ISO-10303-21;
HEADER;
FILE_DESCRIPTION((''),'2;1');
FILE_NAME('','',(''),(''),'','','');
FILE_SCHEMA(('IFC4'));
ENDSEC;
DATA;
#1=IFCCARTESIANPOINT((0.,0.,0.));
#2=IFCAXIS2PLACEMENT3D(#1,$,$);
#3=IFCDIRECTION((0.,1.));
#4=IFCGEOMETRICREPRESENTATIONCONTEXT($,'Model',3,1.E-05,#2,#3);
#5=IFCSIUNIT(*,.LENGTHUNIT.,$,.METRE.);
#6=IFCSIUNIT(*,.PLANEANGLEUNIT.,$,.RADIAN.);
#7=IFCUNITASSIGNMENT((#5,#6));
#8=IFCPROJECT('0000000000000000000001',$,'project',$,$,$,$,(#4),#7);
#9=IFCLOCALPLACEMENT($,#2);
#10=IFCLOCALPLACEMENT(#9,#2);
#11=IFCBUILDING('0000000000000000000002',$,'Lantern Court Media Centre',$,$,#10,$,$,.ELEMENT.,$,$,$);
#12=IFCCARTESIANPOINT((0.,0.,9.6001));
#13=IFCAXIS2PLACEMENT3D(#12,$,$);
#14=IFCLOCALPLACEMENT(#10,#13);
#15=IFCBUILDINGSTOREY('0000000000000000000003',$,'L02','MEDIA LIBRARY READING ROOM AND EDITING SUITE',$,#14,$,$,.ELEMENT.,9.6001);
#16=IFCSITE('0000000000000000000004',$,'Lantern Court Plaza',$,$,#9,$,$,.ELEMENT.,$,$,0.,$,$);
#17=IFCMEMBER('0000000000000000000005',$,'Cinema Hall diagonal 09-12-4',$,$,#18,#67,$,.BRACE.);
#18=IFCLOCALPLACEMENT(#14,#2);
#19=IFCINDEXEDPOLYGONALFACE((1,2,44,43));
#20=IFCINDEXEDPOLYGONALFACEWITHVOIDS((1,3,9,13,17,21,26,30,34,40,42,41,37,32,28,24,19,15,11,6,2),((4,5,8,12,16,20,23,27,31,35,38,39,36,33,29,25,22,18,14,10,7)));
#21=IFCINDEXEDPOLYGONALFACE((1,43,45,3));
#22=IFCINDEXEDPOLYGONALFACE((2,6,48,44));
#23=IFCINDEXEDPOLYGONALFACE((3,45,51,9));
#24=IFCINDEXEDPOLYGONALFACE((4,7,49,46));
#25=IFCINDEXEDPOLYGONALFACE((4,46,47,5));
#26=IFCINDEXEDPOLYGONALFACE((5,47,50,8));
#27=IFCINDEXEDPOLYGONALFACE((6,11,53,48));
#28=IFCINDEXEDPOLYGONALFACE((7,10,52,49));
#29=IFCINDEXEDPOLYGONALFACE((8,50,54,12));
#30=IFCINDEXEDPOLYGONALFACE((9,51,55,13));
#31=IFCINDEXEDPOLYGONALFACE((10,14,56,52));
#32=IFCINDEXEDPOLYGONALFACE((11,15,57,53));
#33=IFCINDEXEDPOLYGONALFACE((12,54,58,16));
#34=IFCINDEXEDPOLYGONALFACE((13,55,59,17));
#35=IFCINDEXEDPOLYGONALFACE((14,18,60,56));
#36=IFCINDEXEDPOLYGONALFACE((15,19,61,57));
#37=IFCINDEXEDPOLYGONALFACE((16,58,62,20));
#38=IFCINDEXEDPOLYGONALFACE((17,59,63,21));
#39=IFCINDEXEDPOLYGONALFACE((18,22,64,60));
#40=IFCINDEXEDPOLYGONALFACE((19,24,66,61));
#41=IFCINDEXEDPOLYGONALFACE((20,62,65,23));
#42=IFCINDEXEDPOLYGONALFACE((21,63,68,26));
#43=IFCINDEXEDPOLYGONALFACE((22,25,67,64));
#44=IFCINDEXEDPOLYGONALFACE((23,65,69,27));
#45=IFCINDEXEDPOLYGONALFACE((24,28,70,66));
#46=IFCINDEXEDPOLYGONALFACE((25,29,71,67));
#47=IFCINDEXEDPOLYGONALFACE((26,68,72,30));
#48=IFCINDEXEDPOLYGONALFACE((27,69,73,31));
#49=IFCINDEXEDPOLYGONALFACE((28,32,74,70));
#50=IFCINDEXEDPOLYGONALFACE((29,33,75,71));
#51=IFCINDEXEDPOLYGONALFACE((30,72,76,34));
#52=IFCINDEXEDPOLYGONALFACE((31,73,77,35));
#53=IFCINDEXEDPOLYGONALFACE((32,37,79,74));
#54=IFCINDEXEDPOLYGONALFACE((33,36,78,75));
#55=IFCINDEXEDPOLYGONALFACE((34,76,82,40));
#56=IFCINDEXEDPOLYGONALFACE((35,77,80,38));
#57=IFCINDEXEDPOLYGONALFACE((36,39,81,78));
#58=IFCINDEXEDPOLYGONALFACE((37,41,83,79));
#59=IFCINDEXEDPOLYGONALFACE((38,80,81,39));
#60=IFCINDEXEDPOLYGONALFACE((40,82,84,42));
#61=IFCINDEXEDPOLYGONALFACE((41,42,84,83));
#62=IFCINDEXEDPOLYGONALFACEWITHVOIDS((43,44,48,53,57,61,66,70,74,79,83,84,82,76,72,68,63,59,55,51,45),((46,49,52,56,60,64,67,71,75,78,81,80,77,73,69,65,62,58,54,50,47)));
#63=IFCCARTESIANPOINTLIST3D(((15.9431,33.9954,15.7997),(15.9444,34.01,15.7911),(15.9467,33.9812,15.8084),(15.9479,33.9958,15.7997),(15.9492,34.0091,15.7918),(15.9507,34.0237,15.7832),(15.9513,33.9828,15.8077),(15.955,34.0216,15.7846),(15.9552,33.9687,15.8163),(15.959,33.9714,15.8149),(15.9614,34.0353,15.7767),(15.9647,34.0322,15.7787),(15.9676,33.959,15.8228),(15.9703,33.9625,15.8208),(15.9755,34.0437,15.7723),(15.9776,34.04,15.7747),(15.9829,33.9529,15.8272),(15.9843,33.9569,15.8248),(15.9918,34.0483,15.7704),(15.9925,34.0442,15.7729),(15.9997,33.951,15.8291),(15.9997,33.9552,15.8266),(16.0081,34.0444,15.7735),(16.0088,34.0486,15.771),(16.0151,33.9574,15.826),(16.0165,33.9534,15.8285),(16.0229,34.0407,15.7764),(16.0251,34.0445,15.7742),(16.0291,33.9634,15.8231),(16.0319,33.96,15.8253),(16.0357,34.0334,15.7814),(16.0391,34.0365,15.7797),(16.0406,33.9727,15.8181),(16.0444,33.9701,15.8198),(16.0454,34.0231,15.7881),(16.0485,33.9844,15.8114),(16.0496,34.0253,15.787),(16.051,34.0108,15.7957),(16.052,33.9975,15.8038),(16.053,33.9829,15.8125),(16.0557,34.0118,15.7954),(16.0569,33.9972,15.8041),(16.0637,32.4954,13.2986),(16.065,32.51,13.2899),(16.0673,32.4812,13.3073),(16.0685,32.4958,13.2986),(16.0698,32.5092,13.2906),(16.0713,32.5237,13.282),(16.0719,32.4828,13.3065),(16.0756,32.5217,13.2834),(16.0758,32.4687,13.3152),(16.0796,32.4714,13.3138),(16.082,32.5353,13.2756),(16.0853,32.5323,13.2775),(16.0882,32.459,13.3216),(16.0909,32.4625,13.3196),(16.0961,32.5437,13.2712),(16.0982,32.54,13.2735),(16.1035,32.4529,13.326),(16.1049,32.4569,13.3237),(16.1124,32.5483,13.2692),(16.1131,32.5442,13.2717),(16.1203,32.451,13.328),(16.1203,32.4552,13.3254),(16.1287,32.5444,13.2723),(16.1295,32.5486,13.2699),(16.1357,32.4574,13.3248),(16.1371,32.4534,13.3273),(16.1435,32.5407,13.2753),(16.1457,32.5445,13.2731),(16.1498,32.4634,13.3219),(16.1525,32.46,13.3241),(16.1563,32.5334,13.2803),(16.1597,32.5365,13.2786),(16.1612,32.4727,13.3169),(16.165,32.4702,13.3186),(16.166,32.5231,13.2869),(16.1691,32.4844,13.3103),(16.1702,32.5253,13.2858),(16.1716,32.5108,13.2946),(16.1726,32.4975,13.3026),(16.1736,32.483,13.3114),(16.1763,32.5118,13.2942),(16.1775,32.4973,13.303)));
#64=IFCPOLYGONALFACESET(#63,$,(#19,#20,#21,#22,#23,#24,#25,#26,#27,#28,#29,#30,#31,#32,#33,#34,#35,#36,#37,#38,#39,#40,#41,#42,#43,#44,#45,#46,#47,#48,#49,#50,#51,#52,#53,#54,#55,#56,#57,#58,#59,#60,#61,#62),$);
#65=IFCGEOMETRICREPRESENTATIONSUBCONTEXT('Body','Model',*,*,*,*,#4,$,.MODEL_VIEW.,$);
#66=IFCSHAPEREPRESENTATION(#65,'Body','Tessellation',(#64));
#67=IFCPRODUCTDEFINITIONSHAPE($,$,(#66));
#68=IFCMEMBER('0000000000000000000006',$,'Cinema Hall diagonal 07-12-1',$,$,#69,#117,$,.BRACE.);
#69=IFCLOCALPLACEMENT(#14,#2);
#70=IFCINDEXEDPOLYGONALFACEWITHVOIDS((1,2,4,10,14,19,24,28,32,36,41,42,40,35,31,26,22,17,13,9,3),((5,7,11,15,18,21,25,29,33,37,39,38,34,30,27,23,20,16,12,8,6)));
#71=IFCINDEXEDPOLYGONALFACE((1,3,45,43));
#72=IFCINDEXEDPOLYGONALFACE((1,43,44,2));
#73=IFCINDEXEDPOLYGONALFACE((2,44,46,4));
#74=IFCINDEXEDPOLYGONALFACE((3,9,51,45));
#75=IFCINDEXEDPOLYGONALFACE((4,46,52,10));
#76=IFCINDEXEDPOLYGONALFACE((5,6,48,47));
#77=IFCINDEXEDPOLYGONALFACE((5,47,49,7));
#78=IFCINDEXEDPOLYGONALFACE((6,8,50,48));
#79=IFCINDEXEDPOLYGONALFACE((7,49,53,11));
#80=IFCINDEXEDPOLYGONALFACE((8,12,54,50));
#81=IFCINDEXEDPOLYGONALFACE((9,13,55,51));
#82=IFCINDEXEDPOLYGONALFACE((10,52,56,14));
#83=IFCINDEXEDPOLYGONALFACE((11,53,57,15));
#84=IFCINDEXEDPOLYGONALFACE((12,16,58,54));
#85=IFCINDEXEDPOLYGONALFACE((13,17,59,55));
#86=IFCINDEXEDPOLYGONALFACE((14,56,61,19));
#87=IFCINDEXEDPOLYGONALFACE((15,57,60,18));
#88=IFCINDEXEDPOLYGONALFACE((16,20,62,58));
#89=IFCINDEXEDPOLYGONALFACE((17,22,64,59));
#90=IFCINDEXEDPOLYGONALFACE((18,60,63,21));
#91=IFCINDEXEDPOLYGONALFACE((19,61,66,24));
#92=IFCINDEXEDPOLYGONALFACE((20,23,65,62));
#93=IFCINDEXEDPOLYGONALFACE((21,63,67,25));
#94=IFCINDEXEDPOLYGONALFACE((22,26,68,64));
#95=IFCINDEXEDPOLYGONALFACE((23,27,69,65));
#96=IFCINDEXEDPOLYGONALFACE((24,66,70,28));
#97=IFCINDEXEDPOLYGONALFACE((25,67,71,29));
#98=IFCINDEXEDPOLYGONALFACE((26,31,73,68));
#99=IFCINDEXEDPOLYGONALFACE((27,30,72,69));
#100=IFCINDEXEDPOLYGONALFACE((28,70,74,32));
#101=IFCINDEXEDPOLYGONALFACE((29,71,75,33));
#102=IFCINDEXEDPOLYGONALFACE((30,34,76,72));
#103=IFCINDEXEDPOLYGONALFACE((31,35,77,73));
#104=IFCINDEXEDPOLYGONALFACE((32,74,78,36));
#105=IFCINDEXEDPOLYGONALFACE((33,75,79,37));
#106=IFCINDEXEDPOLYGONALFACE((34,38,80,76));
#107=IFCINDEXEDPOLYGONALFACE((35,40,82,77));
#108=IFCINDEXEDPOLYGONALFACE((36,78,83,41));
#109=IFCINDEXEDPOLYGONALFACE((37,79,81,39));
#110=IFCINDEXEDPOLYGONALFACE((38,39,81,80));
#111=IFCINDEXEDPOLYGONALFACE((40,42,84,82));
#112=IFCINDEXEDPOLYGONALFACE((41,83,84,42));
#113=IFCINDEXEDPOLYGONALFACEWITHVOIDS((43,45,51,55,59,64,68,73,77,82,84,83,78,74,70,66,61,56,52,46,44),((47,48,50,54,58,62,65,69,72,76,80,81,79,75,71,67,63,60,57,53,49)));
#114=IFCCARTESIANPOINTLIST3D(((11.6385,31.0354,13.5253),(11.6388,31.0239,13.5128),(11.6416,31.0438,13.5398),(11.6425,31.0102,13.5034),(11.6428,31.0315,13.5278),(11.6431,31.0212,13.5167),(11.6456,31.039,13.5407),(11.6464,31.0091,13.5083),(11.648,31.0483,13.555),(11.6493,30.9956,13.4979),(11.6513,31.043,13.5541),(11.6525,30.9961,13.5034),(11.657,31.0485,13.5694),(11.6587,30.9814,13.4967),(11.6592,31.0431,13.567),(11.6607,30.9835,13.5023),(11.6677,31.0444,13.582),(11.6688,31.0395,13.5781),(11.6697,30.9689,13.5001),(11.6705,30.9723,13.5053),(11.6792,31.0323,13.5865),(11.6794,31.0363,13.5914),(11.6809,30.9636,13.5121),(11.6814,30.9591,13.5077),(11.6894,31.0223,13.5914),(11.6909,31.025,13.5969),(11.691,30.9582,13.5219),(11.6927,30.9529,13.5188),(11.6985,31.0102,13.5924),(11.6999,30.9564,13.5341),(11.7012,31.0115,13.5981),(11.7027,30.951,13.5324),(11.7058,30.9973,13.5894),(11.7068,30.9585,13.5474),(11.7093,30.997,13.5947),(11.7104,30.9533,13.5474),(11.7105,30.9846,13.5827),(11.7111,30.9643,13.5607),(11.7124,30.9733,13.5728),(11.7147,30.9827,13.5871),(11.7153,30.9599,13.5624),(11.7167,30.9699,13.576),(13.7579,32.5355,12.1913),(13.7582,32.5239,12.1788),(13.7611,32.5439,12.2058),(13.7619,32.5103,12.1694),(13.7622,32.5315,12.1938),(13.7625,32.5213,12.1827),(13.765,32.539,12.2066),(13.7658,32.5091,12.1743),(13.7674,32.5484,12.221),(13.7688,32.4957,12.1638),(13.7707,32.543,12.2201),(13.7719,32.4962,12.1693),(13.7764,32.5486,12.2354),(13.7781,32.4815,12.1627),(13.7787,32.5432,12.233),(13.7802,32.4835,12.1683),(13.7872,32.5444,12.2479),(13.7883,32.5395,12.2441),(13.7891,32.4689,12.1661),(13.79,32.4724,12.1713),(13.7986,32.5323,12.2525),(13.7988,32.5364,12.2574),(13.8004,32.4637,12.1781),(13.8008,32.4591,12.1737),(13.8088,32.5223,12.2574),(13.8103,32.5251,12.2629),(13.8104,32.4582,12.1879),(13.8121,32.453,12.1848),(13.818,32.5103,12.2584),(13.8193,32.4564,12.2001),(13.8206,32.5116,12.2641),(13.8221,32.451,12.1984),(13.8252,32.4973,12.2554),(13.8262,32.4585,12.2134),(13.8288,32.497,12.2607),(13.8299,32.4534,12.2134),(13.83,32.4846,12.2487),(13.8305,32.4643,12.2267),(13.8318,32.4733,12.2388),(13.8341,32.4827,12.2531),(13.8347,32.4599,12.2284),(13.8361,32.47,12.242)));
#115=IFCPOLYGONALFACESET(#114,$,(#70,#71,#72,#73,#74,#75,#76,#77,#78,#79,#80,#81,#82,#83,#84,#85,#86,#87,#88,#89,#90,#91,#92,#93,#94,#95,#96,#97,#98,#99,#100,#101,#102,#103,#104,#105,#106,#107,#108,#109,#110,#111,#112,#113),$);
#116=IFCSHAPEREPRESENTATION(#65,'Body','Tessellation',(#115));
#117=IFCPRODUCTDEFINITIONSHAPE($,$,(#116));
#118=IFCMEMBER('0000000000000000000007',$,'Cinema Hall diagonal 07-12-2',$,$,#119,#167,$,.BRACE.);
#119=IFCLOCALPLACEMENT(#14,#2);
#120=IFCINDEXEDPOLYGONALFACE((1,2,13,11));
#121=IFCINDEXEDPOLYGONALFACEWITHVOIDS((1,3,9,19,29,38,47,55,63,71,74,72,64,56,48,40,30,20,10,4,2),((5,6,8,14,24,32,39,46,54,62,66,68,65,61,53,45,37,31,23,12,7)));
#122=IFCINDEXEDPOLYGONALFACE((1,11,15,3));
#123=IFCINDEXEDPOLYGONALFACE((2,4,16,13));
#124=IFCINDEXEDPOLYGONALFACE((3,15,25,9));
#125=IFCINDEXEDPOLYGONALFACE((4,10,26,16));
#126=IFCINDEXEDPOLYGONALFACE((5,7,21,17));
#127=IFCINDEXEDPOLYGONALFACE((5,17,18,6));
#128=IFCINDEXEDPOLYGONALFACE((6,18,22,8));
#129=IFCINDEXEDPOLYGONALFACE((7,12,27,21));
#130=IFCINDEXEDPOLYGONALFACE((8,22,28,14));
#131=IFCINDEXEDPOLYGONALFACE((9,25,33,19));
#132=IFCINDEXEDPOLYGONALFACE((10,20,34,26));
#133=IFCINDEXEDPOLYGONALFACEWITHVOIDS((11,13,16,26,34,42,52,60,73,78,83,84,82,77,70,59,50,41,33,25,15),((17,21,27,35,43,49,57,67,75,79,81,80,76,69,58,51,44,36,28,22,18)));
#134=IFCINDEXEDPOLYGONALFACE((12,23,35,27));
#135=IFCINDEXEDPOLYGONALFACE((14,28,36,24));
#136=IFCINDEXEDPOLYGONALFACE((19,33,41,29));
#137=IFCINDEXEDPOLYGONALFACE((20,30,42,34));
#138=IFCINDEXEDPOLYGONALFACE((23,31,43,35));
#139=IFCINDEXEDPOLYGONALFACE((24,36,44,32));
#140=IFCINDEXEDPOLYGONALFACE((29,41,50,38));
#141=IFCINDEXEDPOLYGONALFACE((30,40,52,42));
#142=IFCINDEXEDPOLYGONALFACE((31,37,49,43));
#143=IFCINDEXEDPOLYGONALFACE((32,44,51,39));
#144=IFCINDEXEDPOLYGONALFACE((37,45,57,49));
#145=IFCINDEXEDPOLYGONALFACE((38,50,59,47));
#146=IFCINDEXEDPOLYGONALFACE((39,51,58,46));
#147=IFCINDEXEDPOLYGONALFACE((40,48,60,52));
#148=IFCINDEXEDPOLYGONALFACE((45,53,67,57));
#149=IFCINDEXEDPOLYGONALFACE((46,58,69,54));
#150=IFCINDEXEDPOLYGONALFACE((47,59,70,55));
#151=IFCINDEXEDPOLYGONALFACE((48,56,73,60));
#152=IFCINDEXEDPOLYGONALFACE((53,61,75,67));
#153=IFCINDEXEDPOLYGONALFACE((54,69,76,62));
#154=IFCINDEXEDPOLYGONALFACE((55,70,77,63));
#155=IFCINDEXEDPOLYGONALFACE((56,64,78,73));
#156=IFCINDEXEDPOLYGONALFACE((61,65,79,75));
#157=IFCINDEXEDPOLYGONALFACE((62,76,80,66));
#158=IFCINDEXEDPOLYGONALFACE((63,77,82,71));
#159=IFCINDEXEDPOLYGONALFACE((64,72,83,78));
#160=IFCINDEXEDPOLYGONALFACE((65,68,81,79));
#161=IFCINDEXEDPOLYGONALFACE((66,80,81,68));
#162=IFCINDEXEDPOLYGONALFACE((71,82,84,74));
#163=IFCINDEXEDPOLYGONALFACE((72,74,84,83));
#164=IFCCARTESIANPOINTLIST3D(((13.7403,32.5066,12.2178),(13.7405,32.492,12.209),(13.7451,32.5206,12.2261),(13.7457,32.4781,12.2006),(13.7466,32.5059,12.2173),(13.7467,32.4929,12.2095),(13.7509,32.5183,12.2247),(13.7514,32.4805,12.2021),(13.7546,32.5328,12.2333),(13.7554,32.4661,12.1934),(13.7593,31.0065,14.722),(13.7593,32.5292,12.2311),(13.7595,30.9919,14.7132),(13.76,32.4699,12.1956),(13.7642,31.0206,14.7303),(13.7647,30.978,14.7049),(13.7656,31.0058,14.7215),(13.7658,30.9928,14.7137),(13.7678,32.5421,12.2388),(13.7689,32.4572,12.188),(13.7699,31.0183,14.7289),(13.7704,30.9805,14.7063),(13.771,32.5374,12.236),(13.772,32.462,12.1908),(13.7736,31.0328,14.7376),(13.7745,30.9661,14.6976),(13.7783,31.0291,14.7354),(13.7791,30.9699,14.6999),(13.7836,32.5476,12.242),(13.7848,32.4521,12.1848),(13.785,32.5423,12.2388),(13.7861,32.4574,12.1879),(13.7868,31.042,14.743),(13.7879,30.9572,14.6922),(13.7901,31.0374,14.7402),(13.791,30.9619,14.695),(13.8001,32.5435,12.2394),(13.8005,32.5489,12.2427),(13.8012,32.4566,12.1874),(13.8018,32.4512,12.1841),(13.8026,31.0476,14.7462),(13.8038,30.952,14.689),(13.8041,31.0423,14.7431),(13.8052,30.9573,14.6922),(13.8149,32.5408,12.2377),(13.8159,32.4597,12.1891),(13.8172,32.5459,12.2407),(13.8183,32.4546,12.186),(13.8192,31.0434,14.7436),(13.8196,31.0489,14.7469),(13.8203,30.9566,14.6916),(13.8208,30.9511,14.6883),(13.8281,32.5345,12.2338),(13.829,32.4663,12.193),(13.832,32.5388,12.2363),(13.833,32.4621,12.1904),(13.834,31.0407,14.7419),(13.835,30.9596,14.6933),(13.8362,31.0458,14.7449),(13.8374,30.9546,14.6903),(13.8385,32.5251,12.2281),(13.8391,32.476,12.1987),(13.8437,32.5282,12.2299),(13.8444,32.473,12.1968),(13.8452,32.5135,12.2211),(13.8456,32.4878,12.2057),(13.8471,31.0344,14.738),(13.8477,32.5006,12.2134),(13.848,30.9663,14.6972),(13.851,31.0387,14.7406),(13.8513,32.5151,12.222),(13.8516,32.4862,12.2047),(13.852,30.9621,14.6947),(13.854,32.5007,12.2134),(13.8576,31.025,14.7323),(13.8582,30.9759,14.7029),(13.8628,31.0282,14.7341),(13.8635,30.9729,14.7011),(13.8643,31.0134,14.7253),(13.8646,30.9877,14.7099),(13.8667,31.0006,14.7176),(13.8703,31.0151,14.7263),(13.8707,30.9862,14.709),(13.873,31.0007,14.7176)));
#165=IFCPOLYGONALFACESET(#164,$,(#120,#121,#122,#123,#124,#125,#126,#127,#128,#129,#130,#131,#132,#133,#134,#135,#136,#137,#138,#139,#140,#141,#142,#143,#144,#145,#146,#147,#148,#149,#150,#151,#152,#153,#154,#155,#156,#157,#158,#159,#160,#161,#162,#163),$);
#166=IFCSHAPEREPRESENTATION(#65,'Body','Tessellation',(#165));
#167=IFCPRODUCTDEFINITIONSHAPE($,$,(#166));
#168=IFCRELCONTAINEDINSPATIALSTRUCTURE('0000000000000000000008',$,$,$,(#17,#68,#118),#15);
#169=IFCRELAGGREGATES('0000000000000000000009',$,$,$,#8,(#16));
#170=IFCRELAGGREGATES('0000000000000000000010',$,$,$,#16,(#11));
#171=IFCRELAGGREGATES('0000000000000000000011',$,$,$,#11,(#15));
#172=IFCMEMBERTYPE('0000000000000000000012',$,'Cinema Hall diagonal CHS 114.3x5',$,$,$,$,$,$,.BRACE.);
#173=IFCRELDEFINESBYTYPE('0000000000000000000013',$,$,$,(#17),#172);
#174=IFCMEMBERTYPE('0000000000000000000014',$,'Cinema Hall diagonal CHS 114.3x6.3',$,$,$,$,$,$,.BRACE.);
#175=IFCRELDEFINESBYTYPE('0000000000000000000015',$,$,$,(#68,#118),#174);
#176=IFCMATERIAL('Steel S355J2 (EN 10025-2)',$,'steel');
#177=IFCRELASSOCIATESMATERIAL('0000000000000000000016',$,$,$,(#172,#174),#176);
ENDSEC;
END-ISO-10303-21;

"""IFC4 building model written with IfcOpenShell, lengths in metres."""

from ifc_helpers import new_model, si_unit, direction, frame, origin, origin_2d, place, context, subcontext, project, spatial, hollow_circle, extrude, material, material_profile, profile_set, type_object, element, save


model = new_model("IFC4")

# Units and contexts
model_context = context("Model", 3, precision=1e-05, world=origin(), true_north=direction((0.0, 1.0)))
body_context = subcontext(model_context, "Body", "Model", "MODEL_VIEW")
ifc_project = project(units=[si_unit("LENGTHUNIT", "METRE"), si_unit("PLANEANGLEUNIT", "RADIAN")], contexts=[model_context])

# Site, building, storey
site_placement = place(None, origin())
site = spatial("IfcSite", under=ifc_project, at=site_placement, Name="Lantern Court Plaza", CompositionType="ELEMENT", RefElevation=0.0)
building_placement = place(site_placement, origin())
building = spatial("IfcBuilding", under=site, at=building_placement, Name="Lantern Court Media Centre", CompositionType="ELEMENT")
storey_placement = place(building_placement, frame((0.0, 0.0, 9.6001)))
storey = spatial("IfcBuildingStorey", under=building, at=storey_placement, Name="L02", Description="MEDIA LIBRARY READING ROOM AND EDITING SUITE", CompositionType="ELEMENT", Elevation=9.6001)

# Members
ifc_material = material(Name="Steel S355J2 (EN 10025-2)", Category="steel")
ifc_material_profile_1 = material_profile(ifc_material, hollow_circle(Radius=0.0571, WallThickness=0.0049, at=origin_2d()), Name="Cinema Hall diagonal CHS 114.3x5")
ifc_profile_set_1 = profile_set([ifc_material_profile_1], Name="Steel S355J2 (EN 10025-2)")
member_type_1 = type_object("IfcMemberType", Name="Cinema Hall diagonal CHS 114.3x5", PredefinedType="BRACE", material=ifc_profile_set_1)
member_1_placement = place(storey_placement, frame((16.1206, 32.5, 13.2986), z_axis=(-0.041317, 0.513872, 0.856871), x_axis=(-0.996783, -0.080145, 0.0)))
element("IfcMember", 1, at=member_1_placement, inside=storey, type_object=member_type_1, Name="Cinema Hall diagonal 09-12-4", PredefinedType="BRACE", context=body_context, shape_type="SweptSolid", body=[
    extrude(hollow_circle(Radius=0.0571, WallThickness=0.0049, at=origin_2d()), origin(), (0.0, 0.0, 1.0), 2.9189),
])
ifc_material_profile_2 = material_profile(ifc_material, hollow_circle(Radius=0.0571, WallThickness=0.0063, at=origin_2d()), Name="Cinema Hall diagonal CHS 114.3x6.3")
ifc_profile_set_2 = profile_set([ifc_material_profile_2], Name="Steel S355J2 (EN 10025-2)")
member_type_2 = type_object("IfcMemberType", Name="Cinema Hall diagonal CHS 114.3x6.3", PredefinedType="BRACE", material=ifc_profile_set_2)
for number, where, z_axis, x_axis, name in (
    (2, (13.7969, 32.5, 12.2134), (-0.726034, -0.513852, 0.45698), (0.577702, -0.816248, 0.0), "Cinema Hall diagonal 07-12-1"),
    (3, (13.7969, 32.5, 12.2134), (0.006524, -0.513857, 0.857851), (0.999919, 0.012694, 0.0), "Cinema Hall diagonal 07-12-2"),
):
    element("IfcMember", number, at=place(storey_placement, frame(where, z_axis=z_axis, x_axis=x_axis)), inside=storey, type_object=member_type_2, Name=name, PredefinedType="BRACE", context=body_context, shape_type="SweptSolid", body=[
        extrude(hollow_circle(Radius=0.0571, WallThickness=0.0063, at=origin_2d()), origin(), (0.0, 0.0, 1.0), 2.9192),
    ])

save(model, "model.ifc")
